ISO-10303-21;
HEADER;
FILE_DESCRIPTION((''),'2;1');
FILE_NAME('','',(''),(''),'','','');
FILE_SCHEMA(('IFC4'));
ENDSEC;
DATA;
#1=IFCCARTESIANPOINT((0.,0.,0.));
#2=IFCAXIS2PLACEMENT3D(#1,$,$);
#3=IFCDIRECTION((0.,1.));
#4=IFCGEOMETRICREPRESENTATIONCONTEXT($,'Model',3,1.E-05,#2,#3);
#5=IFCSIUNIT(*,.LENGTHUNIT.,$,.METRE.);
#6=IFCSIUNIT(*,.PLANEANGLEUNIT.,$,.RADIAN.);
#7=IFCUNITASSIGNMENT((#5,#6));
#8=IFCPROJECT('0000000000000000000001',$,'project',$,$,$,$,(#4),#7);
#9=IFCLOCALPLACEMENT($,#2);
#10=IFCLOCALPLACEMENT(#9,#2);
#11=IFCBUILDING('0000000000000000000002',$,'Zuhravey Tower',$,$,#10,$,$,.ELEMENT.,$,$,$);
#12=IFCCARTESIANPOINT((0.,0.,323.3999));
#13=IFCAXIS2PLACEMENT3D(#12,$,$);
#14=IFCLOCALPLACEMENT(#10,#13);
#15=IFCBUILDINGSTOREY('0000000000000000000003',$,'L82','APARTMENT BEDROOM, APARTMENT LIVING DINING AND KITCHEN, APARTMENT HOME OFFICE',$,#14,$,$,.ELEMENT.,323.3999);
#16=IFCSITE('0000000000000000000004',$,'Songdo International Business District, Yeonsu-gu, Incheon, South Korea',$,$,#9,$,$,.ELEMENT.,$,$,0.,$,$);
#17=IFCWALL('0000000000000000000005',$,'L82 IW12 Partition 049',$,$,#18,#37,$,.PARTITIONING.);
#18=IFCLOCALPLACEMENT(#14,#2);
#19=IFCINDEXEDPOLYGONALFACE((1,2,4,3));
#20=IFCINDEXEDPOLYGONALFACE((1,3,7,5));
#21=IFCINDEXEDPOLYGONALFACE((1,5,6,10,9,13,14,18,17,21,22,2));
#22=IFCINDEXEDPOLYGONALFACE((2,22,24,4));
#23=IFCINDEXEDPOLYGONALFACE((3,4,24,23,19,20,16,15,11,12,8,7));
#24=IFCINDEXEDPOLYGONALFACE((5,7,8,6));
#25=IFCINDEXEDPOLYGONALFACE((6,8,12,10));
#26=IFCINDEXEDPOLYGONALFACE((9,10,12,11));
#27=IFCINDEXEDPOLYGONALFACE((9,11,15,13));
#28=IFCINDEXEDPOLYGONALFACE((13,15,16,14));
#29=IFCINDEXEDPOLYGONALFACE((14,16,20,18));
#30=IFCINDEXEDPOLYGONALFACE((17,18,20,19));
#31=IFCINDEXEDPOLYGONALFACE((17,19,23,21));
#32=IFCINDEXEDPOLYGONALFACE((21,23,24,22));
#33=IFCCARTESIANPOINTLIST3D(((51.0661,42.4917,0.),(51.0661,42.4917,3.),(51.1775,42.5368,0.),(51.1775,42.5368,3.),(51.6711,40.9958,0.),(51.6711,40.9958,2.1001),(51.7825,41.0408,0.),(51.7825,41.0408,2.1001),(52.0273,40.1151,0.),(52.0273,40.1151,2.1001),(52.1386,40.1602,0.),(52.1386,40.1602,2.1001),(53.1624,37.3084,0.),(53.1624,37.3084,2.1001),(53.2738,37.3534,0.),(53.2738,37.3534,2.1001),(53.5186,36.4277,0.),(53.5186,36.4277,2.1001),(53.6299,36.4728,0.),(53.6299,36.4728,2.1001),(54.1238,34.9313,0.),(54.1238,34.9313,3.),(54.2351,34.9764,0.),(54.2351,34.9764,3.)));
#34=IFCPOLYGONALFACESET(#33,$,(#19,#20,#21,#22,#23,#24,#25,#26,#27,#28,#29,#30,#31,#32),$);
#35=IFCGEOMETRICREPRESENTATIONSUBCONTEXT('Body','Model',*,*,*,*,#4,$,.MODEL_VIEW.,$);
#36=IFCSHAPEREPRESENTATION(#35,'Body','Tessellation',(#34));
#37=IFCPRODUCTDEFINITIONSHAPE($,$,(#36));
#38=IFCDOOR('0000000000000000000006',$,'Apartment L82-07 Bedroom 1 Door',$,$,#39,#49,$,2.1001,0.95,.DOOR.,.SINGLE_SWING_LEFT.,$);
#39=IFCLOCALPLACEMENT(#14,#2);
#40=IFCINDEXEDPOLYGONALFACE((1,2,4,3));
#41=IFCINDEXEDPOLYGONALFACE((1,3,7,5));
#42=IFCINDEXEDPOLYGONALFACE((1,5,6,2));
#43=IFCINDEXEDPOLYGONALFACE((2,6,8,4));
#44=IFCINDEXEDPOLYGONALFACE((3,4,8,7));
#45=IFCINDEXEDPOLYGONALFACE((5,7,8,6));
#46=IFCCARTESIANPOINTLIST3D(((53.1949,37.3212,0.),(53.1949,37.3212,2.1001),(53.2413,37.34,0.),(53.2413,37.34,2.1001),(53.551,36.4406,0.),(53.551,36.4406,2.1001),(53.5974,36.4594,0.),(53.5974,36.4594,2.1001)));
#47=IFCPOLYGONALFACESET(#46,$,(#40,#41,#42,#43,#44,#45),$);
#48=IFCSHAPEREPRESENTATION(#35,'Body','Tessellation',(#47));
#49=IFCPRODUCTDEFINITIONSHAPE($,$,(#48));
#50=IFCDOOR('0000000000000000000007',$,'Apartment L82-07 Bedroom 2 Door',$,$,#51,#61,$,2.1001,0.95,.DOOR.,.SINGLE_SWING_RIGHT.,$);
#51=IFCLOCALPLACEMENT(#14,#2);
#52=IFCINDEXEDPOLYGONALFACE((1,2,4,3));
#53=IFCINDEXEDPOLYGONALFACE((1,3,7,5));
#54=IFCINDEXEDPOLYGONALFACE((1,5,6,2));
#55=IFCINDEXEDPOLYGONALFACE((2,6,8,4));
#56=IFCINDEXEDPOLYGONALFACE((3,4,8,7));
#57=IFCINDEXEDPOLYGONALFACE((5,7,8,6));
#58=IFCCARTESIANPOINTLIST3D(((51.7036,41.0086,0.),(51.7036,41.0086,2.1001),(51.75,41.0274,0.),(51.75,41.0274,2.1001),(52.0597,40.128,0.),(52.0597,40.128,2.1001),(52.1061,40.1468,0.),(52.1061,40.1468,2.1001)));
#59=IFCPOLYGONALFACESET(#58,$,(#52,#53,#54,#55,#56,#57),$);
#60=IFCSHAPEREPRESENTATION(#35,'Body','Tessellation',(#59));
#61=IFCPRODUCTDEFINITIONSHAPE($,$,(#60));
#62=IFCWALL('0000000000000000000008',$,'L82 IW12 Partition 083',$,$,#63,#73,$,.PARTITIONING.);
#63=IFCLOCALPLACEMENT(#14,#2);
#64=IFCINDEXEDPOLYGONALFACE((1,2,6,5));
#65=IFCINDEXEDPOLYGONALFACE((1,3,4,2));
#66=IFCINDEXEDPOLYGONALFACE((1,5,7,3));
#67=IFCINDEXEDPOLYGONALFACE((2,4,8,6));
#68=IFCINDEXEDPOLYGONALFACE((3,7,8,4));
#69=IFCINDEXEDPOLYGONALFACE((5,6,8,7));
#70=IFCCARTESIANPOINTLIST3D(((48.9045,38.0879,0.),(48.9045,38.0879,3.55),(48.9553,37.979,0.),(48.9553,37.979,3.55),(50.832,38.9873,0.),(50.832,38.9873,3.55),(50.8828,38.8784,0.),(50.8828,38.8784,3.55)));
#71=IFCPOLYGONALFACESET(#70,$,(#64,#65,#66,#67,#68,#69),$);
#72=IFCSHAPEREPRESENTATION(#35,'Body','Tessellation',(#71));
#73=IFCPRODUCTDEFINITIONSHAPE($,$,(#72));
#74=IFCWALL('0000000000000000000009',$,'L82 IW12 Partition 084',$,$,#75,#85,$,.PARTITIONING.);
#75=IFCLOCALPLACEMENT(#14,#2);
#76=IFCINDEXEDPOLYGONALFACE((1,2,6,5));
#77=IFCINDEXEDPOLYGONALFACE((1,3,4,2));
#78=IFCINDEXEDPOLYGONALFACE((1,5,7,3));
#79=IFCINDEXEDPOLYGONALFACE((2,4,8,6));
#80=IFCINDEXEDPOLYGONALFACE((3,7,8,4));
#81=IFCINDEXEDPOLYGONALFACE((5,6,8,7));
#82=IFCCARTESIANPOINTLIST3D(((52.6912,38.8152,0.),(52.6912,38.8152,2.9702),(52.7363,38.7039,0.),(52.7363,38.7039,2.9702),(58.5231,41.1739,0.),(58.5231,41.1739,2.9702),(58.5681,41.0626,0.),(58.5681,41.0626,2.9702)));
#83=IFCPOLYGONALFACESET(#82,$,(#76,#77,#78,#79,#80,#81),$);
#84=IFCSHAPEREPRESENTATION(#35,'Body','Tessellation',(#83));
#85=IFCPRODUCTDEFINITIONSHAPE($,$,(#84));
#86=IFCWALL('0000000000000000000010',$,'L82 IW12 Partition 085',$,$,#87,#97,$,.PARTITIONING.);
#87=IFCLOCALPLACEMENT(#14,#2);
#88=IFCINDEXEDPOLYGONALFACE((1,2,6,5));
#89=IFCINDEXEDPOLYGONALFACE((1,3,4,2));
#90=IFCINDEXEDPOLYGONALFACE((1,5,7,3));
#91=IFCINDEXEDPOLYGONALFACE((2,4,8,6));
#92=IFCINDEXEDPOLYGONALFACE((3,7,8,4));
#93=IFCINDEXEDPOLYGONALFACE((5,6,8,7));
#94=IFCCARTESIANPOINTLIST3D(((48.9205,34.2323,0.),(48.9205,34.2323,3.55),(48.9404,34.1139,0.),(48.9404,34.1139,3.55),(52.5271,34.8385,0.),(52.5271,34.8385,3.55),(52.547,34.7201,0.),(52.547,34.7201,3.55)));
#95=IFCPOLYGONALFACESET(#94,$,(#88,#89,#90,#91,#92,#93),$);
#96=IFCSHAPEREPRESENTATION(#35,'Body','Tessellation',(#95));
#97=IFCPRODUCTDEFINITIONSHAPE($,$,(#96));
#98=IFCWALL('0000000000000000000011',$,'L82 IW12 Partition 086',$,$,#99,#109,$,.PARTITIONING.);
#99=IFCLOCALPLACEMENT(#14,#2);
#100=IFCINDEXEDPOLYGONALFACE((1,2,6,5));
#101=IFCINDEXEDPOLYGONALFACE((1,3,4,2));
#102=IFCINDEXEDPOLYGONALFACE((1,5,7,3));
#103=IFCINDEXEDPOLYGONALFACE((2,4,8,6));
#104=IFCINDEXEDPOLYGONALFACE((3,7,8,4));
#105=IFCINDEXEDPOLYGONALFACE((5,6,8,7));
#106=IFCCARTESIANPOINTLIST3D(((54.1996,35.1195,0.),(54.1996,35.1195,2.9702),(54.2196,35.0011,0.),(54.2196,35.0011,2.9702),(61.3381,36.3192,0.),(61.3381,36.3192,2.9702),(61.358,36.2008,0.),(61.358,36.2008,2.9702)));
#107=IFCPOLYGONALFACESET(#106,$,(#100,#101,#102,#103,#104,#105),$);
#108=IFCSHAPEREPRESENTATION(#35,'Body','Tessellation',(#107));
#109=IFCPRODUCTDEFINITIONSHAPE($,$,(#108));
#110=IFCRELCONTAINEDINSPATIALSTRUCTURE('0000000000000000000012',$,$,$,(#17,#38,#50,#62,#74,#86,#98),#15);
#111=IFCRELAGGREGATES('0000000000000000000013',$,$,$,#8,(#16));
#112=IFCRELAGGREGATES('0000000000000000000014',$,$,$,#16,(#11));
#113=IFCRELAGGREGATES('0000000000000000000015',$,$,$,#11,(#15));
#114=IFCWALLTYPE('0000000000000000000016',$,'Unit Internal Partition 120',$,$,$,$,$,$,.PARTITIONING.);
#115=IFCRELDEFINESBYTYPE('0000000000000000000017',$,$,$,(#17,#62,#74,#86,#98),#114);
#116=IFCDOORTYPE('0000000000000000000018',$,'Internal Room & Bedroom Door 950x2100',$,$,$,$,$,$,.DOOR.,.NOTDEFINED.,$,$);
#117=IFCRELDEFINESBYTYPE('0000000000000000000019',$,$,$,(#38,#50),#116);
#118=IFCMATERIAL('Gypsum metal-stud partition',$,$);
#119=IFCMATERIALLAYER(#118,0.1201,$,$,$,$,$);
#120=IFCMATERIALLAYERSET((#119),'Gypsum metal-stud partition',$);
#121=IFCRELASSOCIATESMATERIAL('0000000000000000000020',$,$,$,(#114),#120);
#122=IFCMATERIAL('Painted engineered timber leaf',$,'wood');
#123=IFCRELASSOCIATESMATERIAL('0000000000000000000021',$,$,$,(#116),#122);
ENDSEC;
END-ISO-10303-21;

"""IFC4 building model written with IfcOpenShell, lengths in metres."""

from ifc_helpers import new_model, si_unit, direction, frame, frame_2d, origin, place, context, subcontext, project, spatial, rectangle, extrude, material, layer, layer_set, type_object, element, fill, save


model = new_model("IFC4")

# Units and contexts
model_context = context("Model", 3, precision=1e-05, world=origin(), true_north=direction((0.0, 1.0)))
body_context = subcontext(model_context, "Body", "Model", "MODEL_VIEW")
ifc_project = project(units=[si_unit("LENGTHUNIT", "METRE"), si_unit("PLANEANGLEUNIT", "RADIAN")], contexts=[model_context])

# Site, building, storey
site_placement = place(None, origin())
site = spatial("IfcSite", under=ifc_project, at=site_placement, Name="Songdo International Business District, Yeonsu-gu, Incheon, South Korea", CompositionType="ELEMENT", RefElevation=0.0)
building_placement = place(site_placement, origin())
building = spatial("IfcBuilding", under=site, at=building_placement, Name="Zuhravey Tower", CompositionType="ELEMENT")
storey_placement = place(building_placement, frame((0.0, 0.0, 323.3999)))
storey = spatial("IfcBuildingStorey", under=building, at=storey_placement, Name="L82", Description="APARTMENT BEDROOM, APARTMENT LIVING DINING AND KITCHEN, APARTMENT HOME OFFICE", CompositionType="ELEMENT", Elevation=323.3999)

# Wall, openings, doors
ifc_material_1 = material(Name="Gypsum metal-stud partition")
ifc_layer_1 = layer(ifc_material_1, 0.1201)
ifc_layer_set_1 = layer_set([ifc_layer_1], Name="Gypsum metal-stud partition")
wall_type_1 = type_object("IfcWallType", Name="Unit Internal Partition 120", PredefinedType="PARTITIONING", material=ifc_layer_set_1)
ifc_material_2 = material(Name="Painted engineered timber leaf", Category="wood")
door_type_1 = type_object("IfcDoorType", Name="Internal Room & Bedroom Door 950x2100", OperationType="NOTDEFINED", PredefinedType="DOOR", material=ifc_material_2)
wall_1_placement = place(storey_placement, frame((54.1794, 34.9539, 0.0), z_axis=(0.0, 0.0, 1.0), x_axis=(-0.374929, 0.927054, 0.0)))
wall_1 = element("IfcWall", 1, at=wall_1_placement, inside=storey, type_object=wall_type_1, Name="L82 IW12 Partition 049", PredefinedType="PARTITIONING", context=body_context, shape_type="SweptSolid", body=[
    extrude(rectangle(XDim=8.1553, YDim=0.1201, at=frame_2d((4.0776, 0.0))), origin(), (0.0, 0.0, 1.0), 3.0),
])
opening_1_placement = place(wall_1_placement, frame((1.614, 0.0, 0.0)))
opening_1 = element("IfcOpeningElement", 2, at=opening_1_placement, cuts=wall_1, PredefinedType="OPENING", context=body_context, shape_type="SweptSolid", body=[
    extrude(rectangle(XDim=0.95, YDim=2.1001, at=frame_2d((0.4751, 1.05))), frame((0.0, 0.072, 0.0), z_axis=(0.0, -1.0, 0.0), x_axis=(1.0, 0.0, 0.0)), (0.0, 0.0, 1.0), 0.144),
])
opening_2_placement = place(wall_1_placement, frame((5.5916, 0.0, 0.0)))
opening_2 = element("IfcOpeningElement", 3, at=opening_2_placement, cuts=wall_1, PredefinedType="OPENING", context=body_context, shape_type="SweptSolid", body=[
    extrude(rectangle(XDim=0.95, YDim=2.1001, at=frame_2d((0.4751, 1.05))), frame((0.0, 0.072, 0.0), z_axis=(0.0, -1.0, 0.0), x_axis=(1.0, 0.0, 0.0)), (0.0, 0.0, 1.0), 0.144),
])
door_1_placement = place(opening_1_placement, frame((0.95, 0.0, 0.0), z_axis=(0.0, 0.0, 1.0), x_axis=(-1.0, 0.0, 0.0)))
door_1 = element("IfcDoor", 4, at=door_1_placement, inside=storey, type_object=door_type_1, Name="Apartment L82-07 Bedroom 1 Door", OperationType="SINGLE_SWING_LEFT", OverallHeight=2.1001, OverallWidth=0.95, PredefinedType="DOOR", context=body_context, shape_type="SweptSolid", body=[
    extrude(rectangle(XDim=0.95, YDim=2.1001, at=frame_2d((0.4751, 1.05))), frame((0.0, 0.0249, 0.0), z_axis=(0.0, -1.0, 0.0), x_axis=(1.0, 0.0, 0.0)), (0.0, 0.0, 1.0), 0.05),
])
fill(opening_1, door_1)
door_2_placement = place(opening_2_placement, frame((0.95, 0.0, 0.0), z_axis=(0.0, 0.0, 1.0), x_axis=(-1.0, 0.0, 0.0)))
door_2 = element("IfcDoor", 5, at=door_2_placement, inside=storey, type_object=door_type_1, Name="Apartment L82-07 Bedroom 2 Door", OperationType="SINGLE_SWING_RIGHT", OverallHeight=2.1001, OverallWidth=0.95, PredefinedType="DOOR", context=body_context, shape_type="SweptSolid", body=[
    extrude(rectangle(XDim=0.95, YDim=2.1001, at=frame_2d((0.4751, 1.05))), frame((0.0, 0.0249, 0.0), z_axis=(0.0, -1.0, 0.0), x_axis=(1.0, 0.0, 0.0)), (0.0, 0.0, 1.0), 0.05),
])
fill(opening_2, door_2)

# Walls
wall_2_placement = place(storey_placement, frame((48.9299, 38.0334, 0.0), z_axis=(0.0, 0.0, 1.0), x_axis=(0.906198, 0.422854, 0.0)))
element("IfcWall", 6, at=wall_2_placement, inside=storey, type_object=wall_type_1, Name="L82 IW12 Partition 083", PredefinedType="PARTITIONING", context=body_context, shape_type="SweptSolid", body=[
    extrude(rectangle(XDim=2.127, YDim=0.1201, at=frame_2d((1.0635, 0.0))), origin(), (0.0, 0.0, 1.0), 3.55),
])
wall_3_placement = place(storey_placement, frame((52.7136, 38.7595, 0.0), z_axis=(0.0, 0.0, 1.0), x_axis=(0.927049, 0.374941, 0.0)))
element("IfcWall", 7, at=wall_3_placement, inside=storey, type_object=wall_type_1, Name="L82 IW12 Partition 084", PredefinedType="PARTITIONING", context=body_context, shape_type="SweptSolid", body=[
    extrude(rectangle(XDim=6.2908, YDim=0.1201, at=frame_2d((3.1455, 0.0))), origin(), (0.0, 0.0, 1.0), 2.9702),
])
wall_4_placement = place(storey_placement, frame((48.9304, 34.1731, 0.0), z_axis=(0.0, 0.0, 1.0), x_axis=(0.986167, 0.165752, 0.0)))
element("IfcWall", 8, at=wall_4_placement, inside=storey, type_object=wall_type_1, Name="L82 IW12 Partition 085", PredefinedType="PARTITIONING", context=body_context, shape_type="SweptSolid", body=[
    extrude(rectangle(XDim=3.6572, YDim=0.1201, at=frame_2d((1.8286, 0.0))), origin(), (0.0, 0.0, 1.0), 3.55),
])
wall_5_placement = place(storey_placement, frame((54.2097, 35.0603, 0.0), z_axis=(0.0, 0.0, 1.0), x_axis=(0.98617, 0.165739, 0.0)))
element("IfcWall", 9, at=wall_5_placement, inside=storey, type_object=wall_type_1, Name="L82 IW12 Partition 086", PredefinedType="PARTITIONING", context=body_context, shape_type="SweptSolid", body=[
    extrude(rectangle(XDim=7.2385, YDim=0.1201, at=frame_2d((3.6191, 0.0))), origin(), (0.0, 0.0, 1.0), 2.9702),
])

save(model, "model.ifc")
